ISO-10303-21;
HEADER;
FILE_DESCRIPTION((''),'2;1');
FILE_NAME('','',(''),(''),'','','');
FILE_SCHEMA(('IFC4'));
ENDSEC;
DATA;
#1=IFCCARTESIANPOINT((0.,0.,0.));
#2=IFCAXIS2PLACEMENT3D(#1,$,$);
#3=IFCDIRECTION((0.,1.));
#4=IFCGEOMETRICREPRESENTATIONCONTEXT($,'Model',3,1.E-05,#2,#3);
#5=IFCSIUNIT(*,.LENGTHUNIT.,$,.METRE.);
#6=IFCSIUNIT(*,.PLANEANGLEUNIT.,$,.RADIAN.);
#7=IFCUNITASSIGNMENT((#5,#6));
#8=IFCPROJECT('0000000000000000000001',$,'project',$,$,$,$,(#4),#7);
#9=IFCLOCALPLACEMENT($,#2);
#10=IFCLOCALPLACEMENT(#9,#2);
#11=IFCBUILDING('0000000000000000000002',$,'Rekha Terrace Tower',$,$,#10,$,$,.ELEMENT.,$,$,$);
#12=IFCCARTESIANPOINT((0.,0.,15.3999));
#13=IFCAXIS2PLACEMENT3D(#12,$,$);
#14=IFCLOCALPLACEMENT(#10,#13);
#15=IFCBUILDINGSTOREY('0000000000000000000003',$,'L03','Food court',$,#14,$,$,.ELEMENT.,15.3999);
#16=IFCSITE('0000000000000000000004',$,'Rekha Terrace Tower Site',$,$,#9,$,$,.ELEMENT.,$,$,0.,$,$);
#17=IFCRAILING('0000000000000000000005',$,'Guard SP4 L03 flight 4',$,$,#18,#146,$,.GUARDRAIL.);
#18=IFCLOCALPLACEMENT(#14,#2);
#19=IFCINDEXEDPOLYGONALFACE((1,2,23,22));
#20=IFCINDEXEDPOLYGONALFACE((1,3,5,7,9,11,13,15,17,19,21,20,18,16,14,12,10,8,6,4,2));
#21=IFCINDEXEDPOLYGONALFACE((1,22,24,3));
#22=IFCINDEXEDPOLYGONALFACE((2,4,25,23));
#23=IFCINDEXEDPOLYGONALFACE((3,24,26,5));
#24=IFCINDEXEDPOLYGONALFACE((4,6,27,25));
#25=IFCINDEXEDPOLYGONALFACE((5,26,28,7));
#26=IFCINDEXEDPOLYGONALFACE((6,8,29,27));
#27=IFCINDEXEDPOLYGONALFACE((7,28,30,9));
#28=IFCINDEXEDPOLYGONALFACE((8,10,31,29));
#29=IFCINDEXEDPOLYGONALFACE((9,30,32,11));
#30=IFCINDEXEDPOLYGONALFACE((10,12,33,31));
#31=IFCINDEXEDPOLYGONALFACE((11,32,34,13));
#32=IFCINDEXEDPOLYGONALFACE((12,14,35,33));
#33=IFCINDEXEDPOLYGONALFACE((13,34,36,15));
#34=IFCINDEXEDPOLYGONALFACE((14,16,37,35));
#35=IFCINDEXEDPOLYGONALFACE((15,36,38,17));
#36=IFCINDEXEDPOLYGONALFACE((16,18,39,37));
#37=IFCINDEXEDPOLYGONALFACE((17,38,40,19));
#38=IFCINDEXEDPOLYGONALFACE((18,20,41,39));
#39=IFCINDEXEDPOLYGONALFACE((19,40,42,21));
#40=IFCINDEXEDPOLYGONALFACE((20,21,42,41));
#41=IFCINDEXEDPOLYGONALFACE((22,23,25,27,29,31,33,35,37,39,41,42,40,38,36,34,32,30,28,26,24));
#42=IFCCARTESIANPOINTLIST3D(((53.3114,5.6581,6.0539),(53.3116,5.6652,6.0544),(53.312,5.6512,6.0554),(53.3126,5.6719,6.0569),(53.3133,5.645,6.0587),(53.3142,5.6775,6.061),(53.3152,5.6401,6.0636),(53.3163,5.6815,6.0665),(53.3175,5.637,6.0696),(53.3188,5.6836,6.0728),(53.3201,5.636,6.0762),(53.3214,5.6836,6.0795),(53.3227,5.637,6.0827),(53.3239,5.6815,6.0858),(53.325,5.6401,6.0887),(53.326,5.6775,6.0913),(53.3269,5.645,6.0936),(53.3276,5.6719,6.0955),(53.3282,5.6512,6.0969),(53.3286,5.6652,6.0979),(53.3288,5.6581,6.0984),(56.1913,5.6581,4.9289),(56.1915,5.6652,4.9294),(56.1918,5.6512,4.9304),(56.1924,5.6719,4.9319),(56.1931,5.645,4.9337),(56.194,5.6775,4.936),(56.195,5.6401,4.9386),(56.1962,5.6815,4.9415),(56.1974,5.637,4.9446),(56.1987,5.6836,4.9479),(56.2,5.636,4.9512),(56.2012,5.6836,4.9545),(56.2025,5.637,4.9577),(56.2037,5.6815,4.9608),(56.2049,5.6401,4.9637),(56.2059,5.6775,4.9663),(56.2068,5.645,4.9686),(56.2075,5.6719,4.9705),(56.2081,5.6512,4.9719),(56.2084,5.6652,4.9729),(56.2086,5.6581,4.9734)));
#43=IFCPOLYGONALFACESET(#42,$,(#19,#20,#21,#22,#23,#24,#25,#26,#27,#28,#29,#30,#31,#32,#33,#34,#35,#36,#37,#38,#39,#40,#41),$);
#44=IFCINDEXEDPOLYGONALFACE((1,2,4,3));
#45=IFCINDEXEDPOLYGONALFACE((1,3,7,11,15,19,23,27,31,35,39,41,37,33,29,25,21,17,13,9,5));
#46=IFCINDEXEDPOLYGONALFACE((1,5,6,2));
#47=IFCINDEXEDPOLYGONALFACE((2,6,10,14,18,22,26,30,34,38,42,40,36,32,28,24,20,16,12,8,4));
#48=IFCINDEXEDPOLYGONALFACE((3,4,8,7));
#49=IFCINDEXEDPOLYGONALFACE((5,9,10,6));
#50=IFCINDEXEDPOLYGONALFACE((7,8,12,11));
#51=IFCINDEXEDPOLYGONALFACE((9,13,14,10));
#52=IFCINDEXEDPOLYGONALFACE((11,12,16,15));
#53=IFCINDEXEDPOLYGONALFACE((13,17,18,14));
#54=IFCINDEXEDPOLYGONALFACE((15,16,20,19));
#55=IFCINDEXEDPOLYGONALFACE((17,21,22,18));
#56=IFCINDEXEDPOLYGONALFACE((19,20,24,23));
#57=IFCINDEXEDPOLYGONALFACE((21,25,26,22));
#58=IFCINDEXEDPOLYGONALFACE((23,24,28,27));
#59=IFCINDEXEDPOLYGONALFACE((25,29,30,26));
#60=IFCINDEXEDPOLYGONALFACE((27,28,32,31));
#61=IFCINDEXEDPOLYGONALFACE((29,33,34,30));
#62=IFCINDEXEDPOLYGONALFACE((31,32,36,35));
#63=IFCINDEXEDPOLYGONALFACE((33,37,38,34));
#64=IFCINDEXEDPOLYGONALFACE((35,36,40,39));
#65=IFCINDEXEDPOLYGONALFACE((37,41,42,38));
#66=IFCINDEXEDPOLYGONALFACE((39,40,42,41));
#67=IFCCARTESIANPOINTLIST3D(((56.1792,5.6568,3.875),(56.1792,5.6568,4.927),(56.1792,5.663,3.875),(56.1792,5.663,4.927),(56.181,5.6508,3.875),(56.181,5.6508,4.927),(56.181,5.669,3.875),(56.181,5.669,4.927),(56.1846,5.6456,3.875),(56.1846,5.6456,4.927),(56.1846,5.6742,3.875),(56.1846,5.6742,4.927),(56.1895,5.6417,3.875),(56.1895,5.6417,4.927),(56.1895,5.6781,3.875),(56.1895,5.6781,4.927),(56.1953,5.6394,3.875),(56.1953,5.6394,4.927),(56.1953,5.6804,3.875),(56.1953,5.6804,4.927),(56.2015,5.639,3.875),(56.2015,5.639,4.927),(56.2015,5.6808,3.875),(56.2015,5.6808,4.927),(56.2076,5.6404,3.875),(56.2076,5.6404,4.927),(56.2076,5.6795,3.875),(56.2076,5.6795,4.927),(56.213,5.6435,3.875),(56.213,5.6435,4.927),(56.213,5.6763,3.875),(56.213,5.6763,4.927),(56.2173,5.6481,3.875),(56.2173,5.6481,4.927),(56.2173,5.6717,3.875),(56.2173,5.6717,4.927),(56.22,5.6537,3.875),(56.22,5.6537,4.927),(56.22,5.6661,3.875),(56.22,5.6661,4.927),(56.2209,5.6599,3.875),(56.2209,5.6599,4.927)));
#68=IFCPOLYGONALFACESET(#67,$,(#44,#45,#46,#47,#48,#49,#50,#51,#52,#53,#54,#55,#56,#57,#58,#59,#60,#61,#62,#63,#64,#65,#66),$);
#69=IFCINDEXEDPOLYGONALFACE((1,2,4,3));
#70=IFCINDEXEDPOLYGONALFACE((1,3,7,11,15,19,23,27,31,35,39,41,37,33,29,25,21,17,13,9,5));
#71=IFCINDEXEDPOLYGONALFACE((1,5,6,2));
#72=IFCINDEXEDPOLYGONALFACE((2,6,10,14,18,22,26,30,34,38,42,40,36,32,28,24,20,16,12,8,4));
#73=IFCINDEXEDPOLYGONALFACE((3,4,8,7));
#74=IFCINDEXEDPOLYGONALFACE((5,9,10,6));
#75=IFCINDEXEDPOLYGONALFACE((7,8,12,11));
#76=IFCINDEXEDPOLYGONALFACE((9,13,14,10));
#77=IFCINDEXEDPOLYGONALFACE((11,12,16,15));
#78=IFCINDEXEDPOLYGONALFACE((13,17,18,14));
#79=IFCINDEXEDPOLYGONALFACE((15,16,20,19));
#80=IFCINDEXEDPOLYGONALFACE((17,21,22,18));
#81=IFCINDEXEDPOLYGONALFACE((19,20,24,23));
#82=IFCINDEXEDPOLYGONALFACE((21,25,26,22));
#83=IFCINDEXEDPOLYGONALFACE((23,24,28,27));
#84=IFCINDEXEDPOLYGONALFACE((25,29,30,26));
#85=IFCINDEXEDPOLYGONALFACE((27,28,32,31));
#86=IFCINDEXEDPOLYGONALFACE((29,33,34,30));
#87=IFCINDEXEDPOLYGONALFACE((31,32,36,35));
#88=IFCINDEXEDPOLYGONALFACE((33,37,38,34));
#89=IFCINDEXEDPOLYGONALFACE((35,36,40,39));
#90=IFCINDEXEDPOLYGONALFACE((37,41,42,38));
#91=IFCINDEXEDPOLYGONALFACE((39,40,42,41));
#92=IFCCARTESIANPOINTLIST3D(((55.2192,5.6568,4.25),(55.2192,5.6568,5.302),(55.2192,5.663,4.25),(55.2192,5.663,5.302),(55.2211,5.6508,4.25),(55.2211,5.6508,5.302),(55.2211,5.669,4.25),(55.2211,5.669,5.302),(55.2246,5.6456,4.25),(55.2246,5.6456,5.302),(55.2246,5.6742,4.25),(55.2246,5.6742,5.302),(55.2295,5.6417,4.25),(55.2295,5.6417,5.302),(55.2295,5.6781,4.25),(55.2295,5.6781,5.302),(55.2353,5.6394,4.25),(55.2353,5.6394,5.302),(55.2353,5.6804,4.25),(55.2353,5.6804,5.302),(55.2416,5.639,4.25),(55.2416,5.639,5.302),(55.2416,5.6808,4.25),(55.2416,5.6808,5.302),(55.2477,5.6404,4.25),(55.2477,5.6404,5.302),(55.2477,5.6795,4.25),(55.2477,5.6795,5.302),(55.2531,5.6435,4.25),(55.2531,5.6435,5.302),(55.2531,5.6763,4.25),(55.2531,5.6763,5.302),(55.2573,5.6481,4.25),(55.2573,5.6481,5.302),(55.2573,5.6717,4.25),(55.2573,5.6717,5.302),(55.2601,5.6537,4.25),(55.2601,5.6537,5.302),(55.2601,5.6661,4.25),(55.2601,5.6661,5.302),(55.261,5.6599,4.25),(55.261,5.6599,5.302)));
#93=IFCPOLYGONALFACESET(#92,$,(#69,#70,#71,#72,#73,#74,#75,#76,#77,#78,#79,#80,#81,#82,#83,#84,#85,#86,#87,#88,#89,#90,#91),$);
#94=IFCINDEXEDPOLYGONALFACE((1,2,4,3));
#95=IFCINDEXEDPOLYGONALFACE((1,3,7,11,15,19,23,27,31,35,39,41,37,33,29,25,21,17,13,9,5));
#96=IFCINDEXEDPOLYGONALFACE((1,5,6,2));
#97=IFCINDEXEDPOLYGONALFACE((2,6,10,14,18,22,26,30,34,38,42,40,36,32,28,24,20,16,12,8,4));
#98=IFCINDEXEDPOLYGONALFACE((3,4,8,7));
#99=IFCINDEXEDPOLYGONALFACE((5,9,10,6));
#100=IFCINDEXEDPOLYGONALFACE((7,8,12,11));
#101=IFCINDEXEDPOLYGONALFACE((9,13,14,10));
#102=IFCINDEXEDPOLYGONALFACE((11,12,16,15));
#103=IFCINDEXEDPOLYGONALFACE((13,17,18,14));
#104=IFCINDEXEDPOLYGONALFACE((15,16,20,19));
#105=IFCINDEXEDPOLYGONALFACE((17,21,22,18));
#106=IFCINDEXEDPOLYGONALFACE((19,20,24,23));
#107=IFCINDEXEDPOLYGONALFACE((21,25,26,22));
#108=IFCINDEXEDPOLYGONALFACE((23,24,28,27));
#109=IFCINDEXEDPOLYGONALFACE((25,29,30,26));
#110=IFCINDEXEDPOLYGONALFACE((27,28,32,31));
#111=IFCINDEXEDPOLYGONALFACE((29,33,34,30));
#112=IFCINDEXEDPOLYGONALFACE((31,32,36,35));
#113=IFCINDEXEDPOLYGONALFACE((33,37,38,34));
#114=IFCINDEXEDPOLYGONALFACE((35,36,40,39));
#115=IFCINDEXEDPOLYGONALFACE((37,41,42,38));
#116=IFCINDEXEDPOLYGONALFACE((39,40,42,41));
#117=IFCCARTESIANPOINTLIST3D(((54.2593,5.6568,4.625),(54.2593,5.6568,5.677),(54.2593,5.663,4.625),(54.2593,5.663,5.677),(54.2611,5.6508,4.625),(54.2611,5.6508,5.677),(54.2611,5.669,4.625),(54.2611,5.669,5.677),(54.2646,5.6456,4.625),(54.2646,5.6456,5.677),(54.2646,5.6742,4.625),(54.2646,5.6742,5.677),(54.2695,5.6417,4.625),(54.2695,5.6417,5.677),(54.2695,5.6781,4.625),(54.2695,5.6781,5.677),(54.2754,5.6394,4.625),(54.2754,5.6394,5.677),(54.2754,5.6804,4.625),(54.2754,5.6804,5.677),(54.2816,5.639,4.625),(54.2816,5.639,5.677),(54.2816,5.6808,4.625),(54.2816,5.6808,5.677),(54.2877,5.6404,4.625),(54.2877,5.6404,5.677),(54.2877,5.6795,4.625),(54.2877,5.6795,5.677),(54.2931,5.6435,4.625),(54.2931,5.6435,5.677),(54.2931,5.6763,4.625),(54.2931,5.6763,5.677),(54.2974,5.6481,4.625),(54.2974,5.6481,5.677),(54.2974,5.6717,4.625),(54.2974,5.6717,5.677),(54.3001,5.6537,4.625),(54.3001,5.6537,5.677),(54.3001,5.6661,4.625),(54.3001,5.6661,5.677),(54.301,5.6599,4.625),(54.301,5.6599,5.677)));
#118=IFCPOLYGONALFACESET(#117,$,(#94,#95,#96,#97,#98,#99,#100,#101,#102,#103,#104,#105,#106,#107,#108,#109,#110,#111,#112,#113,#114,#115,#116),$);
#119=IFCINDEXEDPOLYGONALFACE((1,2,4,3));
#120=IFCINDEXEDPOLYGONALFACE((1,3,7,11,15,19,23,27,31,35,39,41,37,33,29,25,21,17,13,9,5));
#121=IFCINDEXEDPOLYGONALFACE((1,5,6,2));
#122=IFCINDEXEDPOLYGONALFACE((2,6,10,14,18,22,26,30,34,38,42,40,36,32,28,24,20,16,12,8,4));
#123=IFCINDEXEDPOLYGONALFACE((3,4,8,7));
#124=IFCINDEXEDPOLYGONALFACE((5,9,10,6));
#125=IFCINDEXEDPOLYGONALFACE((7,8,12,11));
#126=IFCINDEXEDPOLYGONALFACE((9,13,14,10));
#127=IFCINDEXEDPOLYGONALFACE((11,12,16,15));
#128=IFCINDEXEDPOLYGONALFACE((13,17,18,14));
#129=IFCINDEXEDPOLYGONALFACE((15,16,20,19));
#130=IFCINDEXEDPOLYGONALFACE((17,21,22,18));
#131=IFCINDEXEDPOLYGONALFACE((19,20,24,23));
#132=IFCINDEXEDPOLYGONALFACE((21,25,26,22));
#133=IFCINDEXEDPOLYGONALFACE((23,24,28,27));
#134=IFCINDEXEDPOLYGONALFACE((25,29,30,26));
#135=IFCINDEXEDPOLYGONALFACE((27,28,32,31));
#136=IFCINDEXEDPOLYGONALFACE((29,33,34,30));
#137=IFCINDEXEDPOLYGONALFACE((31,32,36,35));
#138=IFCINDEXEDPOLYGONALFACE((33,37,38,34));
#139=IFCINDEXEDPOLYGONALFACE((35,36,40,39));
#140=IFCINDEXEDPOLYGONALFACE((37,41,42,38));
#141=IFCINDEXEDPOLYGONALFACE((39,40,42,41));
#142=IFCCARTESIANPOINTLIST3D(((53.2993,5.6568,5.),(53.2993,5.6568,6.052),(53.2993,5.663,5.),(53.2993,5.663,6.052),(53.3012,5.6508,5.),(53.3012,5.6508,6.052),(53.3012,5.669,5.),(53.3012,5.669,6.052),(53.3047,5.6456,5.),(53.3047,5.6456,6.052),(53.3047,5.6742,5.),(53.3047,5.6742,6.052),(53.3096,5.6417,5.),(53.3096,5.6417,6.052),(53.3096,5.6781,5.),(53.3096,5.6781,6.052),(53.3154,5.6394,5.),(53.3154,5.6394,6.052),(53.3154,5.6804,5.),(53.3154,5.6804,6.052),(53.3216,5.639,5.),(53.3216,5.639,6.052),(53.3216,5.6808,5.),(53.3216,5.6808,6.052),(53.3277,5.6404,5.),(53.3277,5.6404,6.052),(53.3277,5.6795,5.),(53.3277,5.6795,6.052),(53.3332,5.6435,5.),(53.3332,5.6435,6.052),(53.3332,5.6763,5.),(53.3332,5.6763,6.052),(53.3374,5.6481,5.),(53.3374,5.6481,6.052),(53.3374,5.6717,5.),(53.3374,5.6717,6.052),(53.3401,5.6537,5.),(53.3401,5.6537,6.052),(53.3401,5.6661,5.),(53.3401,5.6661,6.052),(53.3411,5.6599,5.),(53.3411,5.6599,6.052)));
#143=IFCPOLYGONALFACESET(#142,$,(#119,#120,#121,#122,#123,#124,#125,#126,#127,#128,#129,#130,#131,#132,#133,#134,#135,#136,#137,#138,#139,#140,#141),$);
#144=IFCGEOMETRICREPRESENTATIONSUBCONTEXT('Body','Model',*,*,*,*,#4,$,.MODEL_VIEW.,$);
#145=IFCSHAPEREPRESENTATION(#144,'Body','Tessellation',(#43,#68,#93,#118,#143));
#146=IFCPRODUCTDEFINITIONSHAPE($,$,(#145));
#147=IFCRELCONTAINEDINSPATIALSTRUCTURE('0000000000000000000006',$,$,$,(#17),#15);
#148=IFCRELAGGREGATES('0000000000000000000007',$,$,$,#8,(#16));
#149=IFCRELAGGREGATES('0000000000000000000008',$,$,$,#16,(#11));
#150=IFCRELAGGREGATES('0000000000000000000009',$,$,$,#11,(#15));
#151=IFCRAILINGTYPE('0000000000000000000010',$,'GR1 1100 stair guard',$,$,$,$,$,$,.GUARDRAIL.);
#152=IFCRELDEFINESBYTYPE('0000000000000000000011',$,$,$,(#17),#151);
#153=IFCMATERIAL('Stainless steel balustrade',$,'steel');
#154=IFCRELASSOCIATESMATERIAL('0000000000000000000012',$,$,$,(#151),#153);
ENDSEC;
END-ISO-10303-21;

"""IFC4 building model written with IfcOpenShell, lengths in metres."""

from ifc_helpers import new_model, si_unit, direction, frame, origin, origin_2d, place, context, subcontext, project, spatial, circle, extrude, material, type_object, element, save


model = new_model("IFC4")

# Units and contexts
model_context = context("Model", 3, precision=1e-05, world=origin(), true_north=direction((0.0, 1.0)))
body_context = subcontext(model_context, "Body", "Model", "MODEL_VIEW")
ifc_project = project(units=[si_unit("LENGTHUNIT", "METRE"), si_unit("PLANEANGLEUNIT", "RADIAN")], contexts=[model_context])

# Site, building, storey
site_placement = place(None, origin())
site = spatial("IfcSite", under=ifc_project, at=site_placement, Name="Rekha Terrace Tower Site", CompositionType="ELEMENT", RefElevation=0.0)
building_placement = place(site_placement, origin())
building = spatial("IfcBuilding", under=site, at=building_placement, Name="Rekha Terrace Tower", CompositionType="ELEMENT")
storey_placement = place(building_placement, frame((0.0, 0.0, 15.3999)))
storey = spatial("IfcBuildingStorey", under=building, at=storey_placement, Name="L03", Description="Food court", CompositionType="ELEMENT", Elevation=15.3999)

# Railing
ifc_material_1 = material(Name="Stainless steel balustrade", Category="steel")
railing_type_1 = type_object("IfcRailingType", Name="GR1 1100 stair guard", PredefinedType="GUARDRAIL", material=ifc_material_1)
railing_1_placement = place(storey_placement, frame((56.2, 5.6599, 3.875)))
element("IfcRailing", 1, at=railing_1_placement, inside=storey, type_object=railing_type_1, Name="Guard SP4 L03 flight 4", PredefinedType="GUARDRAIL", context=body_context, shape_type="SweptSolid", body=[
    extrude(circle(Radius=0.0239, at=origin_2d()), frame((0.0, 0.0, 1.0762), z_axis=(-0.931452, 0.0, 0.363863), x_axis=(0.0, -1.0, 0.0)), (0.0, 0.0, 1.0), 3.0918),
    extrude(circle(Radius=0.021, at=origin_2d()), origin(), (0.0, 0.0, 1.0), 1.052),
    extrude(circle(Radius=0.021, at=origin_2d()), frame((-0.96, 0.0, 0.375)), (0.0, 0.0, 1.0), 1.052),
    extrude(circle(Radius=0.021, at=origin_2d()), frame((-1.9199, 0.0, 0.75)), (0.0, 0.0, 1.0), 1.052),
    extrude(circle(Radius=0.021, at=origin_2d()), frame((-2.8799, 0.0, 1.125)), (0.0, 0.0, 1.0), 1.052),
])

save(model, "model.ifc")
